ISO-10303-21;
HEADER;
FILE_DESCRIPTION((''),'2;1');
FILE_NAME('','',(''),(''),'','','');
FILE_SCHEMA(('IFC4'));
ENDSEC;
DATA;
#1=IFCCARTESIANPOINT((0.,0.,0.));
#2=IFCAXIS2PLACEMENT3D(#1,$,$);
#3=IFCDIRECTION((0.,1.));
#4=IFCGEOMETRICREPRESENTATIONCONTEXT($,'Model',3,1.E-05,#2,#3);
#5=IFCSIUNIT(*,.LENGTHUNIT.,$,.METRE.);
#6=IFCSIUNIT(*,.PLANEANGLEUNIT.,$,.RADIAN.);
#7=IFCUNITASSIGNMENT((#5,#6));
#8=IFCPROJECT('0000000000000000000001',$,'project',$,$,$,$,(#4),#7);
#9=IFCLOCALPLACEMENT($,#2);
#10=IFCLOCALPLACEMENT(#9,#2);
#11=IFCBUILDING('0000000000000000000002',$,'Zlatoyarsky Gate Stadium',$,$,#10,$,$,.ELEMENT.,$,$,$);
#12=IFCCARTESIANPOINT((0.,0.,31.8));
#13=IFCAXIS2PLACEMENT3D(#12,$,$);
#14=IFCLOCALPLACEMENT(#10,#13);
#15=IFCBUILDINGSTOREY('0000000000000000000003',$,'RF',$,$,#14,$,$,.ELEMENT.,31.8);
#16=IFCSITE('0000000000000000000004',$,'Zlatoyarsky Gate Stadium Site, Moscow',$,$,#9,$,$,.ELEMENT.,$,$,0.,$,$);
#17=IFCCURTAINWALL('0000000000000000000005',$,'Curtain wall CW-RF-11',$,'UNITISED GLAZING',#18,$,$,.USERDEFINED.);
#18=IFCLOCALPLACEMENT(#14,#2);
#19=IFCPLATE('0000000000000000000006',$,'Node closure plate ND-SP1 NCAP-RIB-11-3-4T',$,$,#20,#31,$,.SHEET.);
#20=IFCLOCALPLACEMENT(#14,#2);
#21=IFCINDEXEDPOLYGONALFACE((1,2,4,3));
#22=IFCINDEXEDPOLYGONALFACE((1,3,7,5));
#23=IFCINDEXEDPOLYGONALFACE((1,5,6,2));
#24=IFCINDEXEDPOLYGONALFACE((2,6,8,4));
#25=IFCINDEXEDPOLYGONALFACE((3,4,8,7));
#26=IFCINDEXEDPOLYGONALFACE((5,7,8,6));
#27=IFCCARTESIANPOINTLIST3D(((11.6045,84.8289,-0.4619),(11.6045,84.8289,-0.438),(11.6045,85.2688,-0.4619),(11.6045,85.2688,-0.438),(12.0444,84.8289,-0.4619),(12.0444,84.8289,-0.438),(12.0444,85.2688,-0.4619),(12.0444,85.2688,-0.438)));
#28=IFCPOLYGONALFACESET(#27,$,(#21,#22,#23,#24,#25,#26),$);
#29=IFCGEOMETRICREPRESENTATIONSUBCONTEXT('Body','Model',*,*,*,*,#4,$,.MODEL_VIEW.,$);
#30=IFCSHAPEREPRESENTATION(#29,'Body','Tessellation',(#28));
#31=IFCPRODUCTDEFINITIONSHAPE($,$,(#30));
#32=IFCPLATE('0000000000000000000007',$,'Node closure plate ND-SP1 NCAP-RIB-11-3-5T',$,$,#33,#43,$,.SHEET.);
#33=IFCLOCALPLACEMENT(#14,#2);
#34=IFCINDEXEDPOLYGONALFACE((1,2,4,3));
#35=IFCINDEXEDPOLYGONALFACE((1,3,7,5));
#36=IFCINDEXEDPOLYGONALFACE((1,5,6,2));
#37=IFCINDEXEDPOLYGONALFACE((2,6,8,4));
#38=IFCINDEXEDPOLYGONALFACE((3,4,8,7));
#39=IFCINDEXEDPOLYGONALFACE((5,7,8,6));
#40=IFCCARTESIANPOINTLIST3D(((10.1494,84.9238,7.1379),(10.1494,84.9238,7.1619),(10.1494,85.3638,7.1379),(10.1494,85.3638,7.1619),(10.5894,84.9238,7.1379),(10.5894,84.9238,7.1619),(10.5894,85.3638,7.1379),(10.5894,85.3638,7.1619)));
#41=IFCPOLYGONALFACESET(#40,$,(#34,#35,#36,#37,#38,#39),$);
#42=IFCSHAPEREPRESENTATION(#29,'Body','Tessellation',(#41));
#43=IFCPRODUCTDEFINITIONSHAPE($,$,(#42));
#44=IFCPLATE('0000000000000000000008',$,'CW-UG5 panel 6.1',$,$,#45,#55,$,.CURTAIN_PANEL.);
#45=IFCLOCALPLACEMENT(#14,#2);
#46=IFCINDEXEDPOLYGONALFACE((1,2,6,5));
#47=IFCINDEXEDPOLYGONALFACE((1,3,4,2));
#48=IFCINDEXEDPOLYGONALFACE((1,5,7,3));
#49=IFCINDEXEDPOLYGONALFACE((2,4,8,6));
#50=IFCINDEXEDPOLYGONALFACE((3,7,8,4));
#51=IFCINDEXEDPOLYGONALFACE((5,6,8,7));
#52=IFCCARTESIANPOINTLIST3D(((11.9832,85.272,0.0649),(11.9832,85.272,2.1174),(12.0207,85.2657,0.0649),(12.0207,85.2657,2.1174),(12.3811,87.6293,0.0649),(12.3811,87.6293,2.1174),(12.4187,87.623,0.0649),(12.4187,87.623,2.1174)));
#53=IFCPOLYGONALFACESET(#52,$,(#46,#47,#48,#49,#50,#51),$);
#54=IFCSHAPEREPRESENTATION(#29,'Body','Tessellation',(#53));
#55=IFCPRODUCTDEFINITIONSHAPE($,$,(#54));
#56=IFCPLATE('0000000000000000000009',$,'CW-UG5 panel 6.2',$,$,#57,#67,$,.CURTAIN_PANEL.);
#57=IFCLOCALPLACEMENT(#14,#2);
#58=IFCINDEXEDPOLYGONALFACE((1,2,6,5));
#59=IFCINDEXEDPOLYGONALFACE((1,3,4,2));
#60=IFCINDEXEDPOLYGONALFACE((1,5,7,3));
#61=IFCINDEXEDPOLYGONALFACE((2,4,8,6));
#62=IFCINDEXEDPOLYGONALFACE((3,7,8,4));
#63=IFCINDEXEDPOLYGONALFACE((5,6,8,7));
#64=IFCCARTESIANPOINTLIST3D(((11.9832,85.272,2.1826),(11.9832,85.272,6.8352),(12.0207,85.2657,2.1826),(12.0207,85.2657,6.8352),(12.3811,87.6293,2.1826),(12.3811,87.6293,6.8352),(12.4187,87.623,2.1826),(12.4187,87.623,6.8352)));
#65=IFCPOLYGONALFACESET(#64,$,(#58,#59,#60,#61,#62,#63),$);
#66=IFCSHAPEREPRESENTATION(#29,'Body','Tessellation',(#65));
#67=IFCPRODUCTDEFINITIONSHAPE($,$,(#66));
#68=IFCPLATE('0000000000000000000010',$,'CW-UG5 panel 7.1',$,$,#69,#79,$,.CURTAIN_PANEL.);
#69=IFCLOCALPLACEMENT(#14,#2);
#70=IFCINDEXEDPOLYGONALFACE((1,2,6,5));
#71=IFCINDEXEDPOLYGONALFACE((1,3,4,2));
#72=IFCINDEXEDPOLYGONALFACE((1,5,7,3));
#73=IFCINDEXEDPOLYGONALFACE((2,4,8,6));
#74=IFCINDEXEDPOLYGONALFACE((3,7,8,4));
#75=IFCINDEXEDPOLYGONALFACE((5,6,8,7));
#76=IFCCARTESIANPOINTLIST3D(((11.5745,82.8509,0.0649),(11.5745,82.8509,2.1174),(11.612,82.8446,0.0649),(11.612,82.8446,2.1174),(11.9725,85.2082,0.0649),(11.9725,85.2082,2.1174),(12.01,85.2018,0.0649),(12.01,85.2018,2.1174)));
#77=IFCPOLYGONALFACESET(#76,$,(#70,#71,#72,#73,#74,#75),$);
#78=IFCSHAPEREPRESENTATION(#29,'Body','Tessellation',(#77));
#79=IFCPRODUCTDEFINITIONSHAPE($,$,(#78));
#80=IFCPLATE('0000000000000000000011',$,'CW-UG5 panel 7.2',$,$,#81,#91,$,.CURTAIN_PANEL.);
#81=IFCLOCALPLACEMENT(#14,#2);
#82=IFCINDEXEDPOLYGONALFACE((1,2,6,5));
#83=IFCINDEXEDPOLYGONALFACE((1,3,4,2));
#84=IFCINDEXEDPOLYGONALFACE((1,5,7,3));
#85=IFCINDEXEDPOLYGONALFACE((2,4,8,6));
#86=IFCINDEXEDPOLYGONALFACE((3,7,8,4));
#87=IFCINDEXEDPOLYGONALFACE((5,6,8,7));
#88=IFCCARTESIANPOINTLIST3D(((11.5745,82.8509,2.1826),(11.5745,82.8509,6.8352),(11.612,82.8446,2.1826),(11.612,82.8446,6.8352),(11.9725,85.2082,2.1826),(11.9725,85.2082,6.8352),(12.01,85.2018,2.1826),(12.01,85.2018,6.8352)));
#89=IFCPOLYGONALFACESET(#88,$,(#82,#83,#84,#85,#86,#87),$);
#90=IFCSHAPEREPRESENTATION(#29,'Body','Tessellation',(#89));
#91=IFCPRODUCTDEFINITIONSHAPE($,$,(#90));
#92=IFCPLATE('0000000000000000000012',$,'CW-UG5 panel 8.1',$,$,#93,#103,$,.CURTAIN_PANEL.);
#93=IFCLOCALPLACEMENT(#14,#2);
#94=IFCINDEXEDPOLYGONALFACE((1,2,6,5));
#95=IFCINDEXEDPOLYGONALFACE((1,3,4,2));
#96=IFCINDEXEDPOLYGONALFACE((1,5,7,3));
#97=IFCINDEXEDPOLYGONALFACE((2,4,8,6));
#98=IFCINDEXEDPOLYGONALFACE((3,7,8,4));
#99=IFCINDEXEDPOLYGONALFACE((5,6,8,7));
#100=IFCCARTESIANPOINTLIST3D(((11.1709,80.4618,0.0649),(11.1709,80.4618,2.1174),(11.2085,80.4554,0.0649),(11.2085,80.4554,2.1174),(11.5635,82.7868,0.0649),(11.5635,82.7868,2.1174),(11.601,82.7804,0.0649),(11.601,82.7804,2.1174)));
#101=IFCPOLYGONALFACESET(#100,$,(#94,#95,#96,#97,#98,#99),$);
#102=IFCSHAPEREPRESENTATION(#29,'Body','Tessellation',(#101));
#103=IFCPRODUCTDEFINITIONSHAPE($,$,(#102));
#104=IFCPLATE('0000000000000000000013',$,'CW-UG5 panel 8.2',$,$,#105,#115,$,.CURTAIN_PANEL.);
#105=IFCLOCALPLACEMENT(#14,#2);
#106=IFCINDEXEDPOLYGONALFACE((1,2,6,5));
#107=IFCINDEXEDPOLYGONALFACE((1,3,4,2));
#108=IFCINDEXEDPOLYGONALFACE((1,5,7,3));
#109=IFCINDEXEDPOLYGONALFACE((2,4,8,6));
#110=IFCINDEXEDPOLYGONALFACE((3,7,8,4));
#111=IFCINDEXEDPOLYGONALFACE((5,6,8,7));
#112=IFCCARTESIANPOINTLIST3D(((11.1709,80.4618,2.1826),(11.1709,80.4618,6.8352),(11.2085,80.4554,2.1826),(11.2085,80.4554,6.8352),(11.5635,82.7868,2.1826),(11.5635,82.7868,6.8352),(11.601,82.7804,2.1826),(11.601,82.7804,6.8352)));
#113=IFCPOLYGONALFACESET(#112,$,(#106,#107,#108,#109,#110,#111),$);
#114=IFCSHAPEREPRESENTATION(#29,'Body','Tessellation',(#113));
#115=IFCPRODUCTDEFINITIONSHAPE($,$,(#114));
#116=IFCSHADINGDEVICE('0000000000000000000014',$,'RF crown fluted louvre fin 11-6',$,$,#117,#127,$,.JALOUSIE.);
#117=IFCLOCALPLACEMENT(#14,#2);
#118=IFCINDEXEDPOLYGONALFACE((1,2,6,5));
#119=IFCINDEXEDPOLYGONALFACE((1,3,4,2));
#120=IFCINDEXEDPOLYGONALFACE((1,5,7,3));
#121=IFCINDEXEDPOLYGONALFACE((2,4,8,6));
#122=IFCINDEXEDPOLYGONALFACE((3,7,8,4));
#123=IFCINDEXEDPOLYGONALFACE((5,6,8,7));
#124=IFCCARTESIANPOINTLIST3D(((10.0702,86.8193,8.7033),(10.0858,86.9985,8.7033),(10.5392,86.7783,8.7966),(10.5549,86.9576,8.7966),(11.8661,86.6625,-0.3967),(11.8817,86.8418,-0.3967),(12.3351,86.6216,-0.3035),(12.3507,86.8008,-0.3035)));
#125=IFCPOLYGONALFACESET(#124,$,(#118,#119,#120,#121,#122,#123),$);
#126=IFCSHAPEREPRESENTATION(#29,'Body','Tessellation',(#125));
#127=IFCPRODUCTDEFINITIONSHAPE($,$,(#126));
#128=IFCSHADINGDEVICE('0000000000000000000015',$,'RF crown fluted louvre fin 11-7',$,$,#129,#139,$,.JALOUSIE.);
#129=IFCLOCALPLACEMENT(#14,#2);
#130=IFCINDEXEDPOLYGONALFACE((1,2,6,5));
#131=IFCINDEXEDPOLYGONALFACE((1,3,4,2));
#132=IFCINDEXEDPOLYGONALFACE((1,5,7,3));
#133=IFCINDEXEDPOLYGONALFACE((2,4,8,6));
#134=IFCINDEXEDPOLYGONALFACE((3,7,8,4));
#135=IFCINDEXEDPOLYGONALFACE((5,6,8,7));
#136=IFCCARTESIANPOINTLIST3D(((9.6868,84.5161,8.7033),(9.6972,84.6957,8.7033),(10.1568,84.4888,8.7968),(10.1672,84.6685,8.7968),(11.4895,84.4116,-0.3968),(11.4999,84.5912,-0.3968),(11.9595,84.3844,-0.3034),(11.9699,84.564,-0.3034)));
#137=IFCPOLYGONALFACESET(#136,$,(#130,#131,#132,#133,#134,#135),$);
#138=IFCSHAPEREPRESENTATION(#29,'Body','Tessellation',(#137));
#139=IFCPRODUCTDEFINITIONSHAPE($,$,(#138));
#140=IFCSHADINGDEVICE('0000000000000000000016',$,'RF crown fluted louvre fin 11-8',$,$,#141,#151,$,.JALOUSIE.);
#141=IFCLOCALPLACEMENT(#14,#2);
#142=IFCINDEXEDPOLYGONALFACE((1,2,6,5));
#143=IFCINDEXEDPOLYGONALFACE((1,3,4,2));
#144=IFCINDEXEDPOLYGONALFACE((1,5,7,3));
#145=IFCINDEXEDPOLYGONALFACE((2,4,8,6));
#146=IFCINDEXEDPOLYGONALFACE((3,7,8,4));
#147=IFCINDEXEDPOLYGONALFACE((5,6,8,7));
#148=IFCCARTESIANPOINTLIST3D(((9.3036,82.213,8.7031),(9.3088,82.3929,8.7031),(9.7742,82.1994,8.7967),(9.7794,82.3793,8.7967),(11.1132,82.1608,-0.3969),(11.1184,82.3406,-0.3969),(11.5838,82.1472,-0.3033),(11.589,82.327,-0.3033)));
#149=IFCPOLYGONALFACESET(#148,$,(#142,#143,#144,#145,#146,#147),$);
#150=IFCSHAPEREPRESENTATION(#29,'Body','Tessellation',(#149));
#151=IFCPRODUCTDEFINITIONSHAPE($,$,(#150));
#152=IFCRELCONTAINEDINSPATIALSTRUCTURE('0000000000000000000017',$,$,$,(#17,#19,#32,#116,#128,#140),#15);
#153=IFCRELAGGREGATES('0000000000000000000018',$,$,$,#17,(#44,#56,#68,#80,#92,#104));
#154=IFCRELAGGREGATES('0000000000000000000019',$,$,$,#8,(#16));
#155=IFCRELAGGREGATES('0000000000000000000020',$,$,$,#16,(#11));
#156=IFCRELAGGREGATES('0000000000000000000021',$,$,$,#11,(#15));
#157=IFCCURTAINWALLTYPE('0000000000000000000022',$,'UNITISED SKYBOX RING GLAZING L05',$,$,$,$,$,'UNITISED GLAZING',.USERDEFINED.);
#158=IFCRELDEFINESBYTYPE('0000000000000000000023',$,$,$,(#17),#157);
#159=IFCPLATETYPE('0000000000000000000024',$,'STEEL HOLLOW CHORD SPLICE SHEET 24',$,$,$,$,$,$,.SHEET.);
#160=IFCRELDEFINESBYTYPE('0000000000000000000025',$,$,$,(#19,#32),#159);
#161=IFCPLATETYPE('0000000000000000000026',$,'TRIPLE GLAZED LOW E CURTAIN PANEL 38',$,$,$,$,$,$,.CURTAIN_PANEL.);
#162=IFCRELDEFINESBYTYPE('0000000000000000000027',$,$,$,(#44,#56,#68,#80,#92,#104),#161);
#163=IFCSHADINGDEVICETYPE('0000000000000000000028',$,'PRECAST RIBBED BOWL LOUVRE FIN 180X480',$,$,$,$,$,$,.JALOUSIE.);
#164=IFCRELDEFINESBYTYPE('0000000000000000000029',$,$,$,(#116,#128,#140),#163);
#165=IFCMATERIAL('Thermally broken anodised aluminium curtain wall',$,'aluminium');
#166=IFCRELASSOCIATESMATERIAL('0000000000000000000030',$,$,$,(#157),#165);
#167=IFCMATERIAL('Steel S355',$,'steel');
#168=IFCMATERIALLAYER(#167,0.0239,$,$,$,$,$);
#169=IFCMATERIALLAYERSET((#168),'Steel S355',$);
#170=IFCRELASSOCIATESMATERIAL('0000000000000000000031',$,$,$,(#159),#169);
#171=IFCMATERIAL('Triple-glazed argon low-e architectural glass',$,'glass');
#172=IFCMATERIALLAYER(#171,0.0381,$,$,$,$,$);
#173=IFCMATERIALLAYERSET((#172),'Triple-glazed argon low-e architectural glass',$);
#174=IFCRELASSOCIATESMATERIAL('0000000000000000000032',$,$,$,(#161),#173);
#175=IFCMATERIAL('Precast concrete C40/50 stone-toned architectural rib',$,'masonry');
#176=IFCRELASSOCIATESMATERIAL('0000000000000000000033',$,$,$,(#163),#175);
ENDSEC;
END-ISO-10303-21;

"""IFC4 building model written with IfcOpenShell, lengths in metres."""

from ifc_helpers import new_model, si_unit, direction, frame, origin, origin_2d, place, context, subcontext, project, spatial, rectangle, extrude, material, layer, layer_set, material_profile, profile_set, type_object, element, aggregate, save


model = new_model("IFC4")

# Units and contexts
model_context = context("Model", 3, precision=1e-05, world=origin(), true_north=direction((0.0, 1.0)))
body_context = subcontext(model_context, "Body", "Model", "MODEL_VIEW")
ifc_project = project(units=[si_unit("LENGTHUNIT", "METRE"), si_unit("PLANEANGLEUNIT", "RADIAN")], contexts=[model_context])

# Site, building, storey
site_placement = place(None, origin())
site = spatial("IfcSite", under=ifc_project, at=site_placement, Name="Zlatoyarsky Gate Stadium Site, Moscow", CompositionType="ELEMENT", RefElevation=0.0)
building_placement = place(site_placement, origin())
building = spatial("IfcBuilding", under=site, at=building_placement, Name="Zlatoyarsky Gate Stadium", CompositionType="ELEMENT")
storey_placement = place(building_placement, frame((0.0, 0.0, 31.8)))
storey = spatial("IfcBuildingStorey", under=building, at=storey_placement, Name="RF", CompositionType="ELEMENT", Elevation=31.8)

# Curtain wall
ifc_material_1 = material(Name="Thermally broken anodised aluminium curtain wall", Category="aluminium")
curtain_wall_type = type_object("IfcCurtainWallType", Name="UNITISED SKYBOX RING GLAZING L05", ElementType="UNITISED GLAZING", PredefinedType="USERDEFINED", material=ifc_material_1)
curtain_wall_placement = place(storey_placement, origin())
curtain_wall = element("IfcCurtainWall", 1, at=curtain_wall_placement, inside=storey, type_object=curtain_wall_type, Name="Curtain wall CW-RF-11", ObjectType="UNITISED GLAZING", PredefinedType="USERDEFINED")

# Shared definitions
ifc_material_2 = material(Name="Steel S355", Category="steel")

# Plates
ifc_layer_1 = layer(ifc_material_2, 0.0239)
ifc_layer_set_1 = layer_set([ifc_layer_1], Name="Steel S355")
plate_type_1 = type_object("IfcPlateType", Name="STEEL HOLLOW CHORD SPLICE SHEET 24", PredefinedType="SHEET", material=ifc_layer_set_1)
for number, where, z_axis, x_axis, name in (
    (2, (11.8245, 85.0488, -0.4619), (0.0, 0.0, 1.0), (1.0, 0.0, 0.0), "Node closure plate ND-SP1 NCAP-RIB-11-3-4T"),
    (3, (10.3694, 85.1438, 7.1379), (0.0, 0.0, 1.0), (1.0, 0.0, 0.0), "Node closure plate ND-SP1 NCAP-RIB-11-3-5T"),
):
    element("IfcPlate", number, at=place(storey_placement, frame(where, z_axis=z_axis, x_axis=x_axis)), inside=storey, type_object=plate_type_1, Name=name, PredefinedType="SHEET", context=body_context, shape_type="SweptSolid", body=[
        extrude(rectangle(XDim=0.4399, YDim=0.4399, at=origin_2d()), origin(), (0.0, 0.0, 1.0), 0.0239),
    ])

# Plates
ifc_material_3 = material(Name="Triple-glazed argon low-e architectural glass", Category="glass")
ifc_layer_2 = layer(ifc_material_3, 0.0381)
ifc_layer_set_2 = layer_set([ifc_layer_2], Name="Triple-glazed argon low-e architectural glass")
plate_type_2 = type_object("IfcPlateType", Name="TRIPLE GLAZED LOW E CURTAIN PANEL 38", PredefinedType="CURTAIN_PANEL", material=ifc_layer_set_2)
plate_1_placement = place(storey_placement, frame((12.2009, 86.4475, 0.0649), z_axis=(0.0, 0.0, 1.0), x_axis=(-0.166482, -0.986044, 0.0)))
plate_1 = element("IfcPlate", 4, at=plate_1_placement, type_object=plate_type_2, Name="CW-UG5 panel 6.1", PredefinedType="CURTAIN_PANEL", context=body_context, shape_type="SweptSolid", body=[
    extrude(rectangle(XDim=2.3906, YDim=0.0381, at=origin_2d()), origin(), (0.0, 0.0, 1.0), 2.0525),
])
plate_2_placement = place(storey_placement, frame((12.2009, 86.4475, 2.1826), z_axis=(0.0, 0.0, 1.0), x_axis=(-0.166482, -0.986044, 0.0)))
plate_2 = element("IfcPlate", 5, at=plate_2_placement, type_object=plate_type_2, Name="CW-UG5 panel 6.2", PredefinedType="CURTAIN_PANEL", context=body_context, shape_type="SweptSolid", body=[
    extrude(rectangle(XDim=2.3906, YDim=0.0381, at=origin_2d()), origin(), (0.0, 0.0, 1.0), 4.6526),
])
plate_3_placement = place(storey_placement, frame((11.7922, 84.0264, 0.0649), z_axis=(0.0, 0.0, 1.0), x_axis=(-0.166482, -0.986044, 0.0)))
plate_3 = element("IfcPlate", 6, at=plate_3_placement, type_object=plate_type_2, Name="CW-UG5 panel 7.1", PredefinedType="CURTAIN_PANEL", context=body_context, shape_type="SweptSolid", body=[
    extrude(rectangle(XDim=2.3906, YDim=0.0381, at=origin_2d()), origin(), (0.0, 0.0, 1.0), 2.0525),
])
plate_4_placement = place(storey_placement, frame((11.7922, 84.0264, 2.1826), z_axis=(0.0, 0.0, 1.0), x_axis=(-0.166482, -0.986044, 0.0)))
plate_4 = element("IfcPlate", 7, at=plate_4_placement, type_object=plate_type_2, Name="CW-UG5 panel 7.2", PredefinedType="CURTAIN_PANEL", context=body_context, shape_type="SweptSolid", body=[
    extrude(rectangle(XDim=2.3906, YDim=0.0381, at=origin_2d()), origin(), (0.0, 0.0, 1.0), 4.6526),
])
plate_5_placement = place(storey_placement, frame((11.386, 81.6211, 0.0649), z_axis=(0.0, 0.0, 1.0), x_axis=(-0.166482, -0.986044, 0.0)))
plate_5 = element("IfcPlate", 8, at=plate_5_placement, type_object=plate_type_2, Name="CW-UG5 panel 8.1", PredefinedType="CURTAIN_PANEL", context=body_context, shape_type="SweptSolid", body=[
    extrude(rectangle(XDim=2.3579, YDim=0.0381, at=origin_2d()), origin(), (0.0, 0.0, 1.0), 2.0525),
])
plate_6_placement = place(storey_placement, frame((11.386, 81.6211, 2.1826), z_axis=(0.0, 0.0, 1.0), x_axis=(-0.166482, -0.986044, 0.0)))
plate_6 = element("IfcPlate", 9, at=plate_6_placement, type_object=plate_type_2, Name="CW-UG5 panel 8.2", PredefinedType="CURTAIN_PANEL", context=body_context, shape_type="SweptSolid", body=[
    extrude(rectangle(XDim=2.3579, YDim=0.0381, at=origin_2d()), origin(), (0.0, 0.0, 1.0), 4.6526),
])
aggregate(curtain_wall, [plate_1, plate_2, plate_3, plate_4, plate_5, plate_6])

# Shading devices
ifc_material_4 = material(Name="Precast concrete C40/50 stone-toned architectural rib", Category="masonry")
ifc_material_profile_1 = material_profile(ifc_material_4, rectangle(XDim=0.1799, YDim=0.48, at=origin_2d()), Name="RIB 180X480")
ifc_profile_set_1 = profile_set([ifc_material_profile_1], Name="Precast concrete C40/50 stone-toned architectural rib")
shading_device_type = type_object("IfcShadingDeviceType", Name="PRECAST RIBBED BOWL LOUVRE FIN 180X480", PredefinedType="JALOUSIE", material=ifc_profile_set_1)
shading_device_1_placement = place(storey_placement, frame((12.1084, 86.7317, -0.3501), z_axis=(-0.193587, 0.016895, 0.980938), x_axis=(-0.086945, -0.996213, 0.0)))
element("IfcShadingDevice", 10, at=shading_device_1_placement, inside=storey, type_object=shading_device_type, Name="RF crown fluted louvre fin 11-6", PredefinedType="JALOUSIE", context=body_context, shape_type="SweptSolid", body=[
    extrude(rectangle(XDim=0.1799, YDim=0.48, at=origin_2d()), origin(), (0.0, 0.0, 1.0), 9.2769),
])
shading_device_2_placement = place(storey_placement, frame((11.7297, 84.4878, -0.3501), z_axis=(-0.194312, 0.011263, 0.980875), x_axis=(-0.057866, -0.998324, 0.0)))
element("IfcShadingDevice", 11, at=shading_device_2_placement, inside=storey, type_object=shading_device_type, Name="RF crown fluted louvre fin 11-7", PredefinedType="JALOUSIE", context=body_context, shape_type="SweptSolid", body=[
    extrude(rectangle(XDim=0.1799, YDim=0.48, at=origin_2d()), origin(), (0.0, 0.0, 1.0), 9.2776),
])
shading_device_3_placement = place(storey_placement, frame((11.3511, 82.2439, -0.3501), z_axis=(-0.19503, 0.005631, 0.980781), x_axis=(-0.02886, -0.999583, 0.0)))
element("IfcShadingDevice", 12, at=shading_device_3_placement, inside=storey, type_object=shading_device_type, Name="RF crown fluted louvre fin 11-8", PredefinedType="JALOUSIE", context=body_context, shape_type="SweptSolid", body=[
    extrude(rectangle(XDim=0.1799, YDim=0.48, at=origin_2d()), origin(), (0.0, 0.0, 1.0), 9.2783),
])

save(model, "model.ifc")
